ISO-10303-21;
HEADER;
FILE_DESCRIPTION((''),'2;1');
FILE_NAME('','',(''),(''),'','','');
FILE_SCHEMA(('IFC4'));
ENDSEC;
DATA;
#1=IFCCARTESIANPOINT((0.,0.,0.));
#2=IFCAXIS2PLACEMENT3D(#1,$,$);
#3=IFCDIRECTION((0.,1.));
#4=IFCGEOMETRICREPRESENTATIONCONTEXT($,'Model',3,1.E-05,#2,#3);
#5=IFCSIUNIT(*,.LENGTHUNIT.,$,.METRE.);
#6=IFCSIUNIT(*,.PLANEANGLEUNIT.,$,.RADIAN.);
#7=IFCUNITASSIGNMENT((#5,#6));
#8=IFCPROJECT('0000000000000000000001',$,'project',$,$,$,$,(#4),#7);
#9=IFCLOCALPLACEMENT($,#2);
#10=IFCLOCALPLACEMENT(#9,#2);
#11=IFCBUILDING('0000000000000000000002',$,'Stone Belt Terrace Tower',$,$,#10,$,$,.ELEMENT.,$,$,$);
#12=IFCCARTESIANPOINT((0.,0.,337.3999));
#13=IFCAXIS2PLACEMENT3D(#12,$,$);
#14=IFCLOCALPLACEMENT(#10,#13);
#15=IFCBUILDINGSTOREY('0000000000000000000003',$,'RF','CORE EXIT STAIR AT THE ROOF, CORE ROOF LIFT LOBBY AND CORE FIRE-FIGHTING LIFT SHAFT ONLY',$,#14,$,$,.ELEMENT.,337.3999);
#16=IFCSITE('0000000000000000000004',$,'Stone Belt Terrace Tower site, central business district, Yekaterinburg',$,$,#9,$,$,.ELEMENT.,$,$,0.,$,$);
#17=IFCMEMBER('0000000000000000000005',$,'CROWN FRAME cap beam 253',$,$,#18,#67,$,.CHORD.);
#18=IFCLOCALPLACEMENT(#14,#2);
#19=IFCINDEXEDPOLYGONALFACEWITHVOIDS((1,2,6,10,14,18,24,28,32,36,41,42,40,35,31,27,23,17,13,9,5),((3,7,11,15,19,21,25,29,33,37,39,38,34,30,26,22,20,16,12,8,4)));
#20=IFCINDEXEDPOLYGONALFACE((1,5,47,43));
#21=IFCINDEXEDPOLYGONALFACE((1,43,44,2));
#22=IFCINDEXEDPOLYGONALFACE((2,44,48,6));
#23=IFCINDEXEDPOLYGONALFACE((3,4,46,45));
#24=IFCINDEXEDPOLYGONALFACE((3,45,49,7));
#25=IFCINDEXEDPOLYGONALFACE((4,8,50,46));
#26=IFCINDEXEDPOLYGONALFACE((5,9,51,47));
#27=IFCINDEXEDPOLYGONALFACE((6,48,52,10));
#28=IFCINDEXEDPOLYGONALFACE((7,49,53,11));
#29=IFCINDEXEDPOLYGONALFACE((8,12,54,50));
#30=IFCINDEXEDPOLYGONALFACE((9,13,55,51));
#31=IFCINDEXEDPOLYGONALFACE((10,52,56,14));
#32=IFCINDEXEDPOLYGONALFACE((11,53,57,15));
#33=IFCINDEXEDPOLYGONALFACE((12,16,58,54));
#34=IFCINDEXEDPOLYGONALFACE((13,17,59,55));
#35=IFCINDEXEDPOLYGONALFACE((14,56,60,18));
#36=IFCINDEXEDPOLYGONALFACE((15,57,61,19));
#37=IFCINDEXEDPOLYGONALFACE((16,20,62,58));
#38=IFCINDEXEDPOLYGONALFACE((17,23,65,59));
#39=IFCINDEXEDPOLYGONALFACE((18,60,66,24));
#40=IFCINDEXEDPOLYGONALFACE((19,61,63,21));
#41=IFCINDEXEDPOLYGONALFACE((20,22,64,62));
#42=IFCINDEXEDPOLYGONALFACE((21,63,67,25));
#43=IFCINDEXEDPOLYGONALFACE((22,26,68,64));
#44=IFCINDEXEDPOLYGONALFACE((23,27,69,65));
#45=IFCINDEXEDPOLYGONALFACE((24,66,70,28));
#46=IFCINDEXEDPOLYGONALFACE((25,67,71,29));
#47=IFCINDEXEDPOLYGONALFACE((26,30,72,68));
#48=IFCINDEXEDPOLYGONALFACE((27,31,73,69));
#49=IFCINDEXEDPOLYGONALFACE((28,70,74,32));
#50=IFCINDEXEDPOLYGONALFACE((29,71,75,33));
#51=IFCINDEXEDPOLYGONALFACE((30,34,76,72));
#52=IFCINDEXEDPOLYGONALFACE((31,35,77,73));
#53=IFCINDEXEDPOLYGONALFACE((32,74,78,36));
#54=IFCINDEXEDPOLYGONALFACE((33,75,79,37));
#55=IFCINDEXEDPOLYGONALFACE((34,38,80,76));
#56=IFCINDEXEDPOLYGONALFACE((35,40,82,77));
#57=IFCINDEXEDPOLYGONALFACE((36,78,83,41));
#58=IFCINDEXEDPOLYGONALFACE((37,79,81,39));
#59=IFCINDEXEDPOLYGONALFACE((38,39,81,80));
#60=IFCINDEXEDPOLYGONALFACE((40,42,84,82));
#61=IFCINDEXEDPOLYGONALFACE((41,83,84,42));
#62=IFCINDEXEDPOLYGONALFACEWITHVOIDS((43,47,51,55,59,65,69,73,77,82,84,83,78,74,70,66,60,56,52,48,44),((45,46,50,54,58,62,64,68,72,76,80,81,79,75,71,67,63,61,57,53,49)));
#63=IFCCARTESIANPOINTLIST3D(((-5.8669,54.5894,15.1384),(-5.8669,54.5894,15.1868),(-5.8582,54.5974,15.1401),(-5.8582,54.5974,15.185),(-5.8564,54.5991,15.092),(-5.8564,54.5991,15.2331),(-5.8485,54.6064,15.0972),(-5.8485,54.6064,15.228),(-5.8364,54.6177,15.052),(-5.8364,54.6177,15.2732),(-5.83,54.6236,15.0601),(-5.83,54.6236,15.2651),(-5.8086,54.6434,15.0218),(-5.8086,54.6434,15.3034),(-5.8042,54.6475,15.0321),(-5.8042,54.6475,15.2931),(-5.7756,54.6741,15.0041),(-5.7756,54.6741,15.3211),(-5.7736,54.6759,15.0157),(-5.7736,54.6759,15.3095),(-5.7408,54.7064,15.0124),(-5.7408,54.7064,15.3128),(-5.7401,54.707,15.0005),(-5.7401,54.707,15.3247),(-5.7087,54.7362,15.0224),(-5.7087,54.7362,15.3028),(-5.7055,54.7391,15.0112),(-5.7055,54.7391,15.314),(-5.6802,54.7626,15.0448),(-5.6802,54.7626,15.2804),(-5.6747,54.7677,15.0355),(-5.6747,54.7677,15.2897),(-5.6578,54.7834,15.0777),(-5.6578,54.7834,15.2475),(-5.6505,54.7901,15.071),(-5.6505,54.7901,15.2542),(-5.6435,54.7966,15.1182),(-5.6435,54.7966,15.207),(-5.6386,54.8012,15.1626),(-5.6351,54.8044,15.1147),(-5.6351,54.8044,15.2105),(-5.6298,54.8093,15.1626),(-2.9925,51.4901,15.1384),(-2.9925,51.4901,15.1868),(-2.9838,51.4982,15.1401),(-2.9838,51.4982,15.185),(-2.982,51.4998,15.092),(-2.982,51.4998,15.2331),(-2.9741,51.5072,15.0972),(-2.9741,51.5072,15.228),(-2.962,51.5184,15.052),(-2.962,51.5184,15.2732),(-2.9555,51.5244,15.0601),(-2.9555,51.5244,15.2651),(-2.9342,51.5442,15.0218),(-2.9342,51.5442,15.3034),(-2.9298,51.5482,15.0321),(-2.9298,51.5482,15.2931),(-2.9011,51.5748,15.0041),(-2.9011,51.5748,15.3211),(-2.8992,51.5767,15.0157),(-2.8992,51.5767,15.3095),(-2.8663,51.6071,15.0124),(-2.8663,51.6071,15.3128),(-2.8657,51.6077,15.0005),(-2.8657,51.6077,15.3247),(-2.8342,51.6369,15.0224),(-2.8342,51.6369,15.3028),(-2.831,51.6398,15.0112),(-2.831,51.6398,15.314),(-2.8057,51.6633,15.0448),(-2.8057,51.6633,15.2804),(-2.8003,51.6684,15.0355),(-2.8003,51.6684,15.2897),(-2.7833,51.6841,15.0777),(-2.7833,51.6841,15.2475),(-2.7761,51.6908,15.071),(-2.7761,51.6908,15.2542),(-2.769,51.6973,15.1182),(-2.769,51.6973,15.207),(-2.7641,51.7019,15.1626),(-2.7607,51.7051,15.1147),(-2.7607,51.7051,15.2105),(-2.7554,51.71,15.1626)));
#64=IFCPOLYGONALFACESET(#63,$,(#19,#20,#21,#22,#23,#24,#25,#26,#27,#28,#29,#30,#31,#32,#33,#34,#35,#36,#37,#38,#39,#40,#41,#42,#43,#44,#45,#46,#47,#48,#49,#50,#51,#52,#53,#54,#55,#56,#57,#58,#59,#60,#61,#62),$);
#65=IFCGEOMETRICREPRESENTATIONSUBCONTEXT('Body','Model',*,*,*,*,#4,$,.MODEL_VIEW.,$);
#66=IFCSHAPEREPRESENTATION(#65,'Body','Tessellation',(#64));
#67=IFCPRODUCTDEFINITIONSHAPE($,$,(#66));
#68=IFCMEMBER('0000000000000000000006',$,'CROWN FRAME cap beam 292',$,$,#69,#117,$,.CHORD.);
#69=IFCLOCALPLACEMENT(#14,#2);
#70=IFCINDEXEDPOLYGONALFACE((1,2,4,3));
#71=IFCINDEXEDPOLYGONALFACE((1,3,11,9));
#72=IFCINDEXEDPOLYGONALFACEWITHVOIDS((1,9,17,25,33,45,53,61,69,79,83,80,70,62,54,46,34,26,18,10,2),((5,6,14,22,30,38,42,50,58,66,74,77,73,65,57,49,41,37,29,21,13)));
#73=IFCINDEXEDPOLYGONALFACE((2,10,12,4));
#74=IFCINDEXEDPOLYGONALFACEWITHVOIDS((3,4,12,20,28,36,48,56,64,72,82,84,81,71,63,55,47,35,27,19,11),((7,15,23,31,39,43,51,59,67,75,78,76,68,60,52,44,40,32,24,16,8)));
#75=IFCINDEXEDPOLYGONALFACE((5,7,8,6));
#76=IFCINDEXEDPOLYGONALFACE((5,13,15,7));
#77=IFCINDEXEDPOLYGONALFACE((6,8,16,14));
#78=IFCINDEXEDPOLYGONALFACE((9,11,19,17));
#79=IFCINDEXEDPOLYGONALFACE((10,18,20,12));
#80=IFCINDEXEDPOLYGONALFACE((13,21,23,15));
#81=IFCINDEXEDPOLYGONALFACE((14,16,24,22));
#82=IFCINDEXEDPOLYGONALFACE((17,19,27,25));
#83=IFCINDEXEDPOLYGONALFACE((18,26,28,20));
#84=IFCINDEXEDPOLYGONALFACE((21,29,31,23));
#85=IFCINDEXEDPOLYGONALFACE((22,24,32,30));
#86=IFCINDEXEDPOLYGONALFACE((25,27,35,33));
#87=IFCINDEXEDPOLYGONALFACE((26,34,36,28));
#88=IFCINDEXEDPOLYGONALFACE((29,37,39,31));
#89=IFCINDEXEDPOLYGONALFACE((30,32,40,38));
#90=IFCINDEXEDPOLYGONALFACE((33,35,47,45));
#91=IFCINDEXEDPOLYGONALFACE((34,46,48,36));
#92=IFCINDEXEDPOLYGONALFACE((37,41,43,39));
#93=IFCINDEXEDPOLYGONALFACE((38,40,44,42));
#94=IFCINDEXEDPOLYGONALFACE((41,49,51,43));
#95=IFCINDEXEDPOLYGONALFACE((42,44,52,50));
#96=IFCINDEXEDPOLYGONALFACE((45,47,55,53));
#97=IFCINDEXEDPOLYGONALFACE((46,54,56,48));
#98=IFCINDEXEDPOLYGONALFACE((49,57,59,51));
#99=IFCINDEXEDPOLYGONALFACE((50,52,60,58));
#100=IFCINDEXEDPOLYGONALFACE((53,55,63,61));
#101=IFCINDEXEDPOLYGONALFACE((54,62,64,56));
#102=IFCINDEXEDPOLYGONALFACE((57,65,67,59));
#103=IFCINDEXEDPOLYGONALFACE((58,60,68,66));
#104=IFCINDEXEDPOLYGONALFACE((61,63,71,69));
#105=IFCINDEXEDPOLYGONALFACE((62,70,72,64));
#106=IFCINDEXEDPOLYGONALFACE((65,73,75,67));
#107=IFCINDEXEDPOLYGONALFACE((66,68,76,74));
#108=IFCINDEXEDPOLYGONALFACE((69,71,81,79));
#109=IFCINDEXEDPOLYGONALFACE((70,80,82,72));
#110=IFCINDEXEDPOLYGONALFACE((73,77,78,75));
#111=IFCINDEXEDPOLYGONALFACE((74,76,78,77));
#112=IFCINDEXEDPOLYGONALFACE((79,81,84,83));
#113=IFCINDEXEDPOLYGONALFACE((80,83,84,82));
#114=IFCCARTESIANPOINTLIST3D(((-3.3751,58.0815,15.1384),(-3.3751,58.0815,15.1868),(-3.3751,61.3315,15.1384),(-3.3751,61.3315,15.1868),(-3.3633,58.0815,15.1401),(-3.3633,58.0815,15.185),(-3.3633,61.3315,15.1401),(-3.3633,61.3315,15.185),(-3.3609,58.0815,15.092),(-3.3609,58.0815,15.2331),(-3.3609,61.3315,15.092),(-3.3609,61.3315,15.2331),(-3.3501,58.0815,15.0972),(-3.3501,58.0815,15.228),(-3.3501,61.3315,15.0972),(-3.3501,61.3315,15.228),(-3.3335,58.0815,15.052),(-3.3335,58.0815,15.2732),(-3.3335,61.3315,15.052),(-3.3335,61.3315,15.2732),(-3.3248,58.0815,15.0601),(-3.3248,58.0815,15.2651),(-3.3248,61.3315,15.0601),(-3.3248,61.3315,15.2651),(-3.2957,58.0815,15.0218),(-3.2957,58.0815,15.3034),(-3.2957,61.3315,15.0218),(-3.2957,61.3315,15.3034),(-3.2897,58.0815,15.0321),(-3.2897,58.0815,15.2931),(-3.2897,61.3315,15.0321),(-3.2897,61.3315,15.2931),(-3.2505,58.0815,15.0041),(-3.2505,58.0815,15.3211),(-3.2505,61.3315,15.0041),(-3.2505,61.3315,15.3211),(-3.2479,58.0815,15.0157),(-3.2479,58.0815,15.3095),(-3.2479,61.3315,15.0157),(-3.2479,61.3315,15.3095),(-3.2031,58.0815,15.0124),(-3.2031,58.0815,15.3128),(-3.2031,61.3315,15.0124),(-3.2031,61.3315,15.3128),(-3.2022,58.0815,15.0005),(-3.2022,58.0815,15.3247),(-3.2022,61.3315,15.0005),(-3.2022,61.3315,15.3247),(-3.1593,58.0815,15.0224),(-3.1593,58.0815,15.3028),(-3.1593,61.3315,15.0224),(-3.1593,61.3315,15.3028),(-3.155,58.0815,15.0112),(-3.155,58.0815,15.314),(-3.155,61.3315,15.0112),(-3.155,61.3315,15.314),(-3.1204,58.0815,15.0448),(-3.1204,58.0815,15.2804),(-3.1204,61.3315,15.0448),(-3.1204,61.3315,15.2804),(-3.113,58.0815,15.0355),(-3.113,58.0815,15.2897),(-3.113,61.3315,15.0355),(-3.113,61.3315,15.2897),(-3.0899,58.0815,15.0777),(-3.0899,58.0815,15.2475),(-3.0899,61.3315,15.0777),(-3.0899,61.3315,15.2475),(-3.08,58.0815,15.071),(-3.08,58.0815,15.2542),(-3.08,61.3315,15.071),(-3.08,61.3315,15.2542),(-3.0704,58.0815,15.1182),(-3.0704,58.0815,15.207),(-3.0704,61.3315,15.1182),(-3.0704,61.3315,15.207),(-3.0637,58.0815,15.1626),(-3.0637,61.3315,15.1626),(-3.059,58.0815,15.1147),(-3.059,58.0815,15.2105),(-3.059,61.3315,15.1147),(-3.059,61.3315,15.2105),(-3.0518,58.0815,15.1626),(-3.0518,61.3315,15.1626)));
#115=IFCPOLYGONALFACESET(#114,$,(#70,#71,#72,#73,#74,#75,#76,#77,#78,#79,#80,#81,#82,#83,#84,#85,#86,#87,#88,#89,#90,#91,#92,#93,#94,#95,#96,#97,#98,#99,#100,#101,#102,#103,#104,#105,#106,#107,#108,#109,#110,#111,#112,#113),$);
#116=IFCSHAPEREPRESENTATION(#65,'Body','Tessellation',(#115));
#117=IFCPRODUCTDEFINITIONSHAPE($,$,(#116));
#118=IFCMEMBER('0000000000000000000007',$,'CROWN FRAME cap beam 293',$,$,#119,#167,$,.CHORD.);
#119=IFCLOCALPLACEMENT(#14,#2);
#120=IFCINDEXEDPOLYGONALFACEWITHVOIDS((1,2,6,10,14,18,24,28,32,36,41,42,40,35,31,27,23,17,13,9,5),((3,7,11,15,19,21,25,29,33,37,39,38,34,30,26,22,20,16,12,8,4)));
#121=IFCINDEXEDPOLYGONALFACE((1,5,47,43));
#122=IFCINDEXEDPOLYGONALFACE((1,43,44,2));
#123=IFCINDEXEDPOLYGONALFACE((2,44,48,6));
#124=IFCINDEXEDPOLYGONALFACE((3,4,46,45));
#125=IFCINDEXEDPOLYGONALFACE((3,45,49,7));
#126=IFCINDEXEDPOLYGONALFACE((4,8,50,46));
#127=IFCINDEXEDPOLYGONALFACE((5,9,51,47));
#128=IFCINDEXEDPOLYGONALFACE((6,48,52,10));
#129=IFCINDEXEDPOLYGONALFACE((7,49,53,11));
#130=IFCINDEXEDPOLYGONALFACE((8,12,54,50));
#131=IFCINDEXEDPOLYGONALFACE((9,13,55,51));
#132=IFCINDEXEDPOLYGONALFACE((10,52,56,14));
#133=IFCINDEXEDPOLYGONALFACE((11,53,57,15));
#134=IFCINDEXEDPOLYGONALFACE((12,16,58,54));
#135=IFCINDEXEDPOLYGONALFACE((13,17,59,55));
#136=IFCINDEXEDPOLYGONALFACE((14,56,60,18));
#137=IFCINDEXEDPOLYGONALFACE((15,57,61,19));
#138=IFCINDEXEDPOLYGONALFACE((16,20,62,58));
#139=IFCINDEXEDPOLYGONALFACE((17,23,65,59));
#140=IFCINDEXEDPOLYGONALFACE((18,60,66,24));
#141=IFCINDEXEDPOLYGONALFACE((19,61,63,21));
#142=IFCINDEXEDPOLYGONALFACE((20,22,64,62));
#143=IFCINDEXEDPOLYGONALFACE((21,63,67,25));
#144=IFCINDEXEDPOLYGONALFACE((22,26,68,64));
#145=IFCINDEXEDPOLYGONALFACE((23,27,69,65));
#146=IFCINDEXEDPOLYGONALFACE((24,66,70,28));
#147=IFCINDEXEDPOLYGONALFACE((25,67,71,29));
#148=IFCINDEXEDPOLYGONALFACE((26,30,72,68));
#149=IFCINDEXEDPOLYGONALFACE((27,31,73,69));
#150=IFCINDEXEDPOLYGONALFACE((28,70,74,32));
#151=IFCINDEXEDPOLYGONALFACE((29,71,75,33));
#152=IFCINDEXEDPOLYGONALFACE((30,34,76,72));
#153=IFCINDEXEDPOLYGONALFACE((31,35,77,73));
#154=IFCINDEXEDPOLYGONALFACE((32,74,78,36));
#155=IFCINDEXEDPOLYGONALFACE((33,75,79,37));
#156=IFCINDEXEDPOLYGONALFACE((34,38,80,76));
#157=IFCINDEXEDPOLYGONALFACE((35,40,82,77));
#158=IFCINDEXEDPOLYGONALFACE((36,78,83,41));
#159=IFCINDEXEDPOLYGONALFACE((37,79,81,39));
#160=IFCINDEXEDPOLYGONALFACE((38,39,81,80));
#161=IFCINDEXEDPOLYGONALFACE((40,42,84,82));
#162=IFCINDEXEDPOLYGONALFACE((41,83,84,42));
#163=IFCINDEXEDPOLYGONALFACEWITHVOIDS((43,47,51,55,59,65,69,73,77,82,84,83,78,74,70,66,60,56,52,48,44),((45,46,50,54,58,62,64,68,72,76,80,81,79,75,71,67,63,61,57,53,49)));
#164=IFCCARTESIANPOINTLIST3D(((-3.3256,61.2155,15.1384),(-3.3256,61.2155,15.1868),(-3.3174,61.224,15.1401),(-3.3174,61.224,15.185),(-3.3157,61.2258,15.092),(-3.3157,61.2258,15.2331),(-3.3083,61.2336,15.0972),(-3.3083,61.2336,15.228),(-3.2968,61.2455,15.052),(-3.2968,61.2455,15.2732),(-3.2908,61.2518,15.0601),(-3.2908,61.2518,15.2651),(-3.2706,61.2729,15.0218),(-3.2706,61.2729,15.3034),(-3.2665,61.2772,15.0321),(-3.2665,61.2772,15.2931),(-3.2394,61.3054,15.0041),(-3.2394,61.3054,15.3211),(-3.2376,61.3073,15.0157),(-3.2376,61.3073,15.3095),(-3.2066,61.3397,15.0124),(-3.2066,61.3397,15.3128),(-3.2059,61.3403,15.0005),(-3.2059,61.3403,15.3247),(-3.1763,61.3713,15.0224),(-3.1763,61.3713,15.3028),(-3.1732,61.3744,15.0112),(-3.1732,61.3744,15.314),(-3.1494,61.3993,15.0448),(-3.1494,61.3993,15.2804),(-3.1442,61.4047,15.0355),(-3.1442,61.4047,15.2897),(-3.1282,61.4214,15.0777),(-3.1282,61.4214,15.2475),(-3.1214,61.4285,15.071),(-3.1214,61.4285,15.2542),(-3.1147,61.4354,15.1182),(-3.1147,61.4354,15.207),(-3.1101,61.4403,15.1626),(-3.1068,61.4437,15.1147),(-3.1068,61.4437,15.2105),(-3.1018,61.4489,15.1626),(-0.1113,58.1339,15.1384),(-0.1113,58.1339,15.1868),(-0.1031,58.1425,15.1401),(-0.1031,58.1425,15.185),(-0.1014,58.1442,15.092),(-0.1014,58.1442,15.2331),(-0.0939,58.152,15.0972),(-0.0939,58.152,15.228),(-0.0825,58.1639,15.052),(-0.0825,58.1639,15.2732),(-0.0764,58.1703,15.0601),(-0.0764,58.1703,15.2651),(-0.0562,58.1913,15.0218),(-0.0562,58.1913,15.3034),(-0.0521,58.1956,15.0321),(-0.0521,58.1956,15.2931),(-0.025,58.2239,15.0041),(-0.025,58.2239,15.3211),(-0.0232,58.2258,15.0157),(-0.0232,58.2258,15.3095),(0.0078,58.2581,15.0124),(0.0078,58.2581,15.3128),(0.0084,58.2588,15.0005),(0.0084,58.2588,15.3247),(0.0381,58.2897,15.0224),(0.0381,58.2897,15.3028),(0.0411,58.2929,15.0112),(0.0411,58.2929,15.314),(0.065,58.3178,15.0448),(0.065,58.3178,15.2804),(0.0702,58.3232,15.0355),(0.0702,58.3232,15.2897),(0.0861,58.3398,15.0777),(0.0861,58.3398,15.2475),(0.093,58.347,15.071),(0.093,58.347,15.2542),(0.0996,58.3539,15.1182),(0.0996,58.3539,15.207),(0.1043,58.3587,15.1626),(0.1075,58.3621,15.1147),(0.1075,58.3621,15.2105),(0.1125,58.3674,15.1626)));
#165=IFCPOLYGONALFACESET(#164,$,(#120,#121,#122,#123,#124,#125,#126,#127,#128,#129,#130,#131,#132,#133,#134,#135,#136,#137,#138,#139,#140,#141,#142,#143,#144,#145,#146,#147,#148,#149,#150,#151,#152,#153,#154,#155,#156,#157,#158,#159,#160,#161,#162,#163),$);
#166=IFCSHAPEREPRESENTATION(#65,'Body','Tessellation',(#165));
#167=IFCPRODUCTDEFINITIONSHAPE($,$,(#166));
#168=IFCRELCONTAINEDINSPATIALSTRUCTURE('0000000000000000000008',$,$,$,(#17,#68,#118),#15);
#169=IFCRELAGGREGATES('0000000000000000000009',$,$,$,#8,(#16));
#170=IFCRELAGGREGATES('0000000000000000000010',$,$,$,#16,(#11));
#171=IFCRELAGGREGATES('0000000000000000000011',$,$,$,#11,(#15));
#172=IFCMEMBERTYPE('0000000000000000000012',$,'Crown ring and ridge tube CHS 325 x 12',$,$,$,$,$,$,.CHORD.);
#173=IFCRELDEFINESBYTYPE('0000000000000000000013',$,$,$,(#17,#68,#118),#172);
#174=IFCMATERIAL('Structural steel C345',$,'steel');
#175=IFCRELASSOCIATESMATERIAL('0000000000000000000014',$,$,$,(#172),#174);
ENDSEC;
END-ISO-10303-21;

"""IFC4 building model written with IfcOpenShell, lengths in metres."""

from ifc_helpers import new_model, si_unit, direction, frame, origin, origin_2d, place, context, subcontext, project, spatial, hollow_circle, extrude, material, material_profile, profile_set, type_object, element, save


model = new_model("IFC4")

# Units and contexts
model_context = context("Model", 3, precision=1e-05, world=origin(), true_north=direction((0.0, 1.0)))
body_context = subcontext(model_context, "Body", "Model", "MODEL_VIEW")
ifc_project = project(units=[si_unit("LENGTHUNIT", "METRE"), si_unit("PLANEANGLEUNIT", "RADIAN")], contexts=[model_context])

# Site, building, storey
site_placement = place(None, origin())
site = spatial("IfcSite", under=ifc_project, at=site_placement, Name="Stone Belt Terrace Tower site, central business district, Yekaterinburg", CompositionType="ELEMENT", RefElevation=0.0)
building_placement = place(site_placement, origin())
building = spatial("IfcBuilding", under=site, at=building_placement, Name="Stone Belt Terrace Tower", CompositionType="ELEMENT")
storey_placement = place(building_placement, frame((0.0, 0.0, 337.3999)))
storey = spatial("IfcBuildingStorey", under=building, at=storey_placement, Name="RF", Description="CORE EXIT STAIR AT THE ROOF, CORE ROOF LIFT LOBBY AND CORE FIRE-FIGHTING LIFT SHAFT ONLY", CompositionType="ELEMENT", Elevation=337.3999)

# Members
ifc_material_1 = material(Name="Structural steel C345", Category="steel")
ifc_material_profile = material_profile(ifc_material_1, hollow_circle(Radius=0.1626, WallThickness=0.012, at=origin_2d()), Name="Structural steel C345 CHS 325x12")
ifc_profile_set = profile_set([ifc_material_profile], Name="Structural steel C345")
member_type = type_object("IfcMemberType", Name="Crown ring and ridge tube CHS 325 x 12", PredefinedType="CHORD", material=ifc_profile_set)
member_1_placement = place(storey_placement, frame((-5.749, 54.6987, 15.1626), z_axis=(0.68001, -0.733203, 0.0), x_axis=(0.733203, 0.68001, 0.0)))
element("IfcMember", 1, at=member_1_placement, inside=storey, type_object=member_type, Name="CROWN FRAME cap beam 253", PredefinedType="CHORD", context=body_context, shape_type="SweptSolid", body=[
    extrude(hollow_circle(Radius=0.1626, WallThickness=0.012, at=origin_2d()), origin(), (0.0, 0.0, 1.0), 4.2271),
])
member_2_placement = place(storey_placement, frame((-3.2144, 61.3315, 15.1626), z_axis=(0.0, -1.0, 0.0), x_axis=(1.0, 0.0, 0.0)))
element("IfcMember", 2, at=member_2_placement, inside=storey, type_object=member_type, Name="CROWN FRAME cap beam 292", PredefinedType="CHORD", context=body_context, shape_type="SweptSolid", body=[
    extrude(hollow_circle(Radius=0.1626, WallThickness=0.012, at=origin_2d()), origin(), (0.0, 0.0, 1.0), 3.25),
])
member_3_placement = place(storey_placement, frame((-3.2144, 61.3315, 15.1626), z_axis=(0.721863, -0.692036, 0.0), x_axis=(0.692036, 0.721863, 0.0)))
element("IfcMember", 3, at=member_3_placement, inside=storey, type_object=member_type, Name="CROWN FRAME cap beam 293", PredefinedType="CHORD", context=body_context, shape_type="SweptSolid", body=[
    extrude(hollow_circle(Radius=0.1626, WallThickness=0.012, at=origin_2d()), origin(), (0.0, 0.0, 1.0), 4.4529),
])

save(model, "model.ifc")
